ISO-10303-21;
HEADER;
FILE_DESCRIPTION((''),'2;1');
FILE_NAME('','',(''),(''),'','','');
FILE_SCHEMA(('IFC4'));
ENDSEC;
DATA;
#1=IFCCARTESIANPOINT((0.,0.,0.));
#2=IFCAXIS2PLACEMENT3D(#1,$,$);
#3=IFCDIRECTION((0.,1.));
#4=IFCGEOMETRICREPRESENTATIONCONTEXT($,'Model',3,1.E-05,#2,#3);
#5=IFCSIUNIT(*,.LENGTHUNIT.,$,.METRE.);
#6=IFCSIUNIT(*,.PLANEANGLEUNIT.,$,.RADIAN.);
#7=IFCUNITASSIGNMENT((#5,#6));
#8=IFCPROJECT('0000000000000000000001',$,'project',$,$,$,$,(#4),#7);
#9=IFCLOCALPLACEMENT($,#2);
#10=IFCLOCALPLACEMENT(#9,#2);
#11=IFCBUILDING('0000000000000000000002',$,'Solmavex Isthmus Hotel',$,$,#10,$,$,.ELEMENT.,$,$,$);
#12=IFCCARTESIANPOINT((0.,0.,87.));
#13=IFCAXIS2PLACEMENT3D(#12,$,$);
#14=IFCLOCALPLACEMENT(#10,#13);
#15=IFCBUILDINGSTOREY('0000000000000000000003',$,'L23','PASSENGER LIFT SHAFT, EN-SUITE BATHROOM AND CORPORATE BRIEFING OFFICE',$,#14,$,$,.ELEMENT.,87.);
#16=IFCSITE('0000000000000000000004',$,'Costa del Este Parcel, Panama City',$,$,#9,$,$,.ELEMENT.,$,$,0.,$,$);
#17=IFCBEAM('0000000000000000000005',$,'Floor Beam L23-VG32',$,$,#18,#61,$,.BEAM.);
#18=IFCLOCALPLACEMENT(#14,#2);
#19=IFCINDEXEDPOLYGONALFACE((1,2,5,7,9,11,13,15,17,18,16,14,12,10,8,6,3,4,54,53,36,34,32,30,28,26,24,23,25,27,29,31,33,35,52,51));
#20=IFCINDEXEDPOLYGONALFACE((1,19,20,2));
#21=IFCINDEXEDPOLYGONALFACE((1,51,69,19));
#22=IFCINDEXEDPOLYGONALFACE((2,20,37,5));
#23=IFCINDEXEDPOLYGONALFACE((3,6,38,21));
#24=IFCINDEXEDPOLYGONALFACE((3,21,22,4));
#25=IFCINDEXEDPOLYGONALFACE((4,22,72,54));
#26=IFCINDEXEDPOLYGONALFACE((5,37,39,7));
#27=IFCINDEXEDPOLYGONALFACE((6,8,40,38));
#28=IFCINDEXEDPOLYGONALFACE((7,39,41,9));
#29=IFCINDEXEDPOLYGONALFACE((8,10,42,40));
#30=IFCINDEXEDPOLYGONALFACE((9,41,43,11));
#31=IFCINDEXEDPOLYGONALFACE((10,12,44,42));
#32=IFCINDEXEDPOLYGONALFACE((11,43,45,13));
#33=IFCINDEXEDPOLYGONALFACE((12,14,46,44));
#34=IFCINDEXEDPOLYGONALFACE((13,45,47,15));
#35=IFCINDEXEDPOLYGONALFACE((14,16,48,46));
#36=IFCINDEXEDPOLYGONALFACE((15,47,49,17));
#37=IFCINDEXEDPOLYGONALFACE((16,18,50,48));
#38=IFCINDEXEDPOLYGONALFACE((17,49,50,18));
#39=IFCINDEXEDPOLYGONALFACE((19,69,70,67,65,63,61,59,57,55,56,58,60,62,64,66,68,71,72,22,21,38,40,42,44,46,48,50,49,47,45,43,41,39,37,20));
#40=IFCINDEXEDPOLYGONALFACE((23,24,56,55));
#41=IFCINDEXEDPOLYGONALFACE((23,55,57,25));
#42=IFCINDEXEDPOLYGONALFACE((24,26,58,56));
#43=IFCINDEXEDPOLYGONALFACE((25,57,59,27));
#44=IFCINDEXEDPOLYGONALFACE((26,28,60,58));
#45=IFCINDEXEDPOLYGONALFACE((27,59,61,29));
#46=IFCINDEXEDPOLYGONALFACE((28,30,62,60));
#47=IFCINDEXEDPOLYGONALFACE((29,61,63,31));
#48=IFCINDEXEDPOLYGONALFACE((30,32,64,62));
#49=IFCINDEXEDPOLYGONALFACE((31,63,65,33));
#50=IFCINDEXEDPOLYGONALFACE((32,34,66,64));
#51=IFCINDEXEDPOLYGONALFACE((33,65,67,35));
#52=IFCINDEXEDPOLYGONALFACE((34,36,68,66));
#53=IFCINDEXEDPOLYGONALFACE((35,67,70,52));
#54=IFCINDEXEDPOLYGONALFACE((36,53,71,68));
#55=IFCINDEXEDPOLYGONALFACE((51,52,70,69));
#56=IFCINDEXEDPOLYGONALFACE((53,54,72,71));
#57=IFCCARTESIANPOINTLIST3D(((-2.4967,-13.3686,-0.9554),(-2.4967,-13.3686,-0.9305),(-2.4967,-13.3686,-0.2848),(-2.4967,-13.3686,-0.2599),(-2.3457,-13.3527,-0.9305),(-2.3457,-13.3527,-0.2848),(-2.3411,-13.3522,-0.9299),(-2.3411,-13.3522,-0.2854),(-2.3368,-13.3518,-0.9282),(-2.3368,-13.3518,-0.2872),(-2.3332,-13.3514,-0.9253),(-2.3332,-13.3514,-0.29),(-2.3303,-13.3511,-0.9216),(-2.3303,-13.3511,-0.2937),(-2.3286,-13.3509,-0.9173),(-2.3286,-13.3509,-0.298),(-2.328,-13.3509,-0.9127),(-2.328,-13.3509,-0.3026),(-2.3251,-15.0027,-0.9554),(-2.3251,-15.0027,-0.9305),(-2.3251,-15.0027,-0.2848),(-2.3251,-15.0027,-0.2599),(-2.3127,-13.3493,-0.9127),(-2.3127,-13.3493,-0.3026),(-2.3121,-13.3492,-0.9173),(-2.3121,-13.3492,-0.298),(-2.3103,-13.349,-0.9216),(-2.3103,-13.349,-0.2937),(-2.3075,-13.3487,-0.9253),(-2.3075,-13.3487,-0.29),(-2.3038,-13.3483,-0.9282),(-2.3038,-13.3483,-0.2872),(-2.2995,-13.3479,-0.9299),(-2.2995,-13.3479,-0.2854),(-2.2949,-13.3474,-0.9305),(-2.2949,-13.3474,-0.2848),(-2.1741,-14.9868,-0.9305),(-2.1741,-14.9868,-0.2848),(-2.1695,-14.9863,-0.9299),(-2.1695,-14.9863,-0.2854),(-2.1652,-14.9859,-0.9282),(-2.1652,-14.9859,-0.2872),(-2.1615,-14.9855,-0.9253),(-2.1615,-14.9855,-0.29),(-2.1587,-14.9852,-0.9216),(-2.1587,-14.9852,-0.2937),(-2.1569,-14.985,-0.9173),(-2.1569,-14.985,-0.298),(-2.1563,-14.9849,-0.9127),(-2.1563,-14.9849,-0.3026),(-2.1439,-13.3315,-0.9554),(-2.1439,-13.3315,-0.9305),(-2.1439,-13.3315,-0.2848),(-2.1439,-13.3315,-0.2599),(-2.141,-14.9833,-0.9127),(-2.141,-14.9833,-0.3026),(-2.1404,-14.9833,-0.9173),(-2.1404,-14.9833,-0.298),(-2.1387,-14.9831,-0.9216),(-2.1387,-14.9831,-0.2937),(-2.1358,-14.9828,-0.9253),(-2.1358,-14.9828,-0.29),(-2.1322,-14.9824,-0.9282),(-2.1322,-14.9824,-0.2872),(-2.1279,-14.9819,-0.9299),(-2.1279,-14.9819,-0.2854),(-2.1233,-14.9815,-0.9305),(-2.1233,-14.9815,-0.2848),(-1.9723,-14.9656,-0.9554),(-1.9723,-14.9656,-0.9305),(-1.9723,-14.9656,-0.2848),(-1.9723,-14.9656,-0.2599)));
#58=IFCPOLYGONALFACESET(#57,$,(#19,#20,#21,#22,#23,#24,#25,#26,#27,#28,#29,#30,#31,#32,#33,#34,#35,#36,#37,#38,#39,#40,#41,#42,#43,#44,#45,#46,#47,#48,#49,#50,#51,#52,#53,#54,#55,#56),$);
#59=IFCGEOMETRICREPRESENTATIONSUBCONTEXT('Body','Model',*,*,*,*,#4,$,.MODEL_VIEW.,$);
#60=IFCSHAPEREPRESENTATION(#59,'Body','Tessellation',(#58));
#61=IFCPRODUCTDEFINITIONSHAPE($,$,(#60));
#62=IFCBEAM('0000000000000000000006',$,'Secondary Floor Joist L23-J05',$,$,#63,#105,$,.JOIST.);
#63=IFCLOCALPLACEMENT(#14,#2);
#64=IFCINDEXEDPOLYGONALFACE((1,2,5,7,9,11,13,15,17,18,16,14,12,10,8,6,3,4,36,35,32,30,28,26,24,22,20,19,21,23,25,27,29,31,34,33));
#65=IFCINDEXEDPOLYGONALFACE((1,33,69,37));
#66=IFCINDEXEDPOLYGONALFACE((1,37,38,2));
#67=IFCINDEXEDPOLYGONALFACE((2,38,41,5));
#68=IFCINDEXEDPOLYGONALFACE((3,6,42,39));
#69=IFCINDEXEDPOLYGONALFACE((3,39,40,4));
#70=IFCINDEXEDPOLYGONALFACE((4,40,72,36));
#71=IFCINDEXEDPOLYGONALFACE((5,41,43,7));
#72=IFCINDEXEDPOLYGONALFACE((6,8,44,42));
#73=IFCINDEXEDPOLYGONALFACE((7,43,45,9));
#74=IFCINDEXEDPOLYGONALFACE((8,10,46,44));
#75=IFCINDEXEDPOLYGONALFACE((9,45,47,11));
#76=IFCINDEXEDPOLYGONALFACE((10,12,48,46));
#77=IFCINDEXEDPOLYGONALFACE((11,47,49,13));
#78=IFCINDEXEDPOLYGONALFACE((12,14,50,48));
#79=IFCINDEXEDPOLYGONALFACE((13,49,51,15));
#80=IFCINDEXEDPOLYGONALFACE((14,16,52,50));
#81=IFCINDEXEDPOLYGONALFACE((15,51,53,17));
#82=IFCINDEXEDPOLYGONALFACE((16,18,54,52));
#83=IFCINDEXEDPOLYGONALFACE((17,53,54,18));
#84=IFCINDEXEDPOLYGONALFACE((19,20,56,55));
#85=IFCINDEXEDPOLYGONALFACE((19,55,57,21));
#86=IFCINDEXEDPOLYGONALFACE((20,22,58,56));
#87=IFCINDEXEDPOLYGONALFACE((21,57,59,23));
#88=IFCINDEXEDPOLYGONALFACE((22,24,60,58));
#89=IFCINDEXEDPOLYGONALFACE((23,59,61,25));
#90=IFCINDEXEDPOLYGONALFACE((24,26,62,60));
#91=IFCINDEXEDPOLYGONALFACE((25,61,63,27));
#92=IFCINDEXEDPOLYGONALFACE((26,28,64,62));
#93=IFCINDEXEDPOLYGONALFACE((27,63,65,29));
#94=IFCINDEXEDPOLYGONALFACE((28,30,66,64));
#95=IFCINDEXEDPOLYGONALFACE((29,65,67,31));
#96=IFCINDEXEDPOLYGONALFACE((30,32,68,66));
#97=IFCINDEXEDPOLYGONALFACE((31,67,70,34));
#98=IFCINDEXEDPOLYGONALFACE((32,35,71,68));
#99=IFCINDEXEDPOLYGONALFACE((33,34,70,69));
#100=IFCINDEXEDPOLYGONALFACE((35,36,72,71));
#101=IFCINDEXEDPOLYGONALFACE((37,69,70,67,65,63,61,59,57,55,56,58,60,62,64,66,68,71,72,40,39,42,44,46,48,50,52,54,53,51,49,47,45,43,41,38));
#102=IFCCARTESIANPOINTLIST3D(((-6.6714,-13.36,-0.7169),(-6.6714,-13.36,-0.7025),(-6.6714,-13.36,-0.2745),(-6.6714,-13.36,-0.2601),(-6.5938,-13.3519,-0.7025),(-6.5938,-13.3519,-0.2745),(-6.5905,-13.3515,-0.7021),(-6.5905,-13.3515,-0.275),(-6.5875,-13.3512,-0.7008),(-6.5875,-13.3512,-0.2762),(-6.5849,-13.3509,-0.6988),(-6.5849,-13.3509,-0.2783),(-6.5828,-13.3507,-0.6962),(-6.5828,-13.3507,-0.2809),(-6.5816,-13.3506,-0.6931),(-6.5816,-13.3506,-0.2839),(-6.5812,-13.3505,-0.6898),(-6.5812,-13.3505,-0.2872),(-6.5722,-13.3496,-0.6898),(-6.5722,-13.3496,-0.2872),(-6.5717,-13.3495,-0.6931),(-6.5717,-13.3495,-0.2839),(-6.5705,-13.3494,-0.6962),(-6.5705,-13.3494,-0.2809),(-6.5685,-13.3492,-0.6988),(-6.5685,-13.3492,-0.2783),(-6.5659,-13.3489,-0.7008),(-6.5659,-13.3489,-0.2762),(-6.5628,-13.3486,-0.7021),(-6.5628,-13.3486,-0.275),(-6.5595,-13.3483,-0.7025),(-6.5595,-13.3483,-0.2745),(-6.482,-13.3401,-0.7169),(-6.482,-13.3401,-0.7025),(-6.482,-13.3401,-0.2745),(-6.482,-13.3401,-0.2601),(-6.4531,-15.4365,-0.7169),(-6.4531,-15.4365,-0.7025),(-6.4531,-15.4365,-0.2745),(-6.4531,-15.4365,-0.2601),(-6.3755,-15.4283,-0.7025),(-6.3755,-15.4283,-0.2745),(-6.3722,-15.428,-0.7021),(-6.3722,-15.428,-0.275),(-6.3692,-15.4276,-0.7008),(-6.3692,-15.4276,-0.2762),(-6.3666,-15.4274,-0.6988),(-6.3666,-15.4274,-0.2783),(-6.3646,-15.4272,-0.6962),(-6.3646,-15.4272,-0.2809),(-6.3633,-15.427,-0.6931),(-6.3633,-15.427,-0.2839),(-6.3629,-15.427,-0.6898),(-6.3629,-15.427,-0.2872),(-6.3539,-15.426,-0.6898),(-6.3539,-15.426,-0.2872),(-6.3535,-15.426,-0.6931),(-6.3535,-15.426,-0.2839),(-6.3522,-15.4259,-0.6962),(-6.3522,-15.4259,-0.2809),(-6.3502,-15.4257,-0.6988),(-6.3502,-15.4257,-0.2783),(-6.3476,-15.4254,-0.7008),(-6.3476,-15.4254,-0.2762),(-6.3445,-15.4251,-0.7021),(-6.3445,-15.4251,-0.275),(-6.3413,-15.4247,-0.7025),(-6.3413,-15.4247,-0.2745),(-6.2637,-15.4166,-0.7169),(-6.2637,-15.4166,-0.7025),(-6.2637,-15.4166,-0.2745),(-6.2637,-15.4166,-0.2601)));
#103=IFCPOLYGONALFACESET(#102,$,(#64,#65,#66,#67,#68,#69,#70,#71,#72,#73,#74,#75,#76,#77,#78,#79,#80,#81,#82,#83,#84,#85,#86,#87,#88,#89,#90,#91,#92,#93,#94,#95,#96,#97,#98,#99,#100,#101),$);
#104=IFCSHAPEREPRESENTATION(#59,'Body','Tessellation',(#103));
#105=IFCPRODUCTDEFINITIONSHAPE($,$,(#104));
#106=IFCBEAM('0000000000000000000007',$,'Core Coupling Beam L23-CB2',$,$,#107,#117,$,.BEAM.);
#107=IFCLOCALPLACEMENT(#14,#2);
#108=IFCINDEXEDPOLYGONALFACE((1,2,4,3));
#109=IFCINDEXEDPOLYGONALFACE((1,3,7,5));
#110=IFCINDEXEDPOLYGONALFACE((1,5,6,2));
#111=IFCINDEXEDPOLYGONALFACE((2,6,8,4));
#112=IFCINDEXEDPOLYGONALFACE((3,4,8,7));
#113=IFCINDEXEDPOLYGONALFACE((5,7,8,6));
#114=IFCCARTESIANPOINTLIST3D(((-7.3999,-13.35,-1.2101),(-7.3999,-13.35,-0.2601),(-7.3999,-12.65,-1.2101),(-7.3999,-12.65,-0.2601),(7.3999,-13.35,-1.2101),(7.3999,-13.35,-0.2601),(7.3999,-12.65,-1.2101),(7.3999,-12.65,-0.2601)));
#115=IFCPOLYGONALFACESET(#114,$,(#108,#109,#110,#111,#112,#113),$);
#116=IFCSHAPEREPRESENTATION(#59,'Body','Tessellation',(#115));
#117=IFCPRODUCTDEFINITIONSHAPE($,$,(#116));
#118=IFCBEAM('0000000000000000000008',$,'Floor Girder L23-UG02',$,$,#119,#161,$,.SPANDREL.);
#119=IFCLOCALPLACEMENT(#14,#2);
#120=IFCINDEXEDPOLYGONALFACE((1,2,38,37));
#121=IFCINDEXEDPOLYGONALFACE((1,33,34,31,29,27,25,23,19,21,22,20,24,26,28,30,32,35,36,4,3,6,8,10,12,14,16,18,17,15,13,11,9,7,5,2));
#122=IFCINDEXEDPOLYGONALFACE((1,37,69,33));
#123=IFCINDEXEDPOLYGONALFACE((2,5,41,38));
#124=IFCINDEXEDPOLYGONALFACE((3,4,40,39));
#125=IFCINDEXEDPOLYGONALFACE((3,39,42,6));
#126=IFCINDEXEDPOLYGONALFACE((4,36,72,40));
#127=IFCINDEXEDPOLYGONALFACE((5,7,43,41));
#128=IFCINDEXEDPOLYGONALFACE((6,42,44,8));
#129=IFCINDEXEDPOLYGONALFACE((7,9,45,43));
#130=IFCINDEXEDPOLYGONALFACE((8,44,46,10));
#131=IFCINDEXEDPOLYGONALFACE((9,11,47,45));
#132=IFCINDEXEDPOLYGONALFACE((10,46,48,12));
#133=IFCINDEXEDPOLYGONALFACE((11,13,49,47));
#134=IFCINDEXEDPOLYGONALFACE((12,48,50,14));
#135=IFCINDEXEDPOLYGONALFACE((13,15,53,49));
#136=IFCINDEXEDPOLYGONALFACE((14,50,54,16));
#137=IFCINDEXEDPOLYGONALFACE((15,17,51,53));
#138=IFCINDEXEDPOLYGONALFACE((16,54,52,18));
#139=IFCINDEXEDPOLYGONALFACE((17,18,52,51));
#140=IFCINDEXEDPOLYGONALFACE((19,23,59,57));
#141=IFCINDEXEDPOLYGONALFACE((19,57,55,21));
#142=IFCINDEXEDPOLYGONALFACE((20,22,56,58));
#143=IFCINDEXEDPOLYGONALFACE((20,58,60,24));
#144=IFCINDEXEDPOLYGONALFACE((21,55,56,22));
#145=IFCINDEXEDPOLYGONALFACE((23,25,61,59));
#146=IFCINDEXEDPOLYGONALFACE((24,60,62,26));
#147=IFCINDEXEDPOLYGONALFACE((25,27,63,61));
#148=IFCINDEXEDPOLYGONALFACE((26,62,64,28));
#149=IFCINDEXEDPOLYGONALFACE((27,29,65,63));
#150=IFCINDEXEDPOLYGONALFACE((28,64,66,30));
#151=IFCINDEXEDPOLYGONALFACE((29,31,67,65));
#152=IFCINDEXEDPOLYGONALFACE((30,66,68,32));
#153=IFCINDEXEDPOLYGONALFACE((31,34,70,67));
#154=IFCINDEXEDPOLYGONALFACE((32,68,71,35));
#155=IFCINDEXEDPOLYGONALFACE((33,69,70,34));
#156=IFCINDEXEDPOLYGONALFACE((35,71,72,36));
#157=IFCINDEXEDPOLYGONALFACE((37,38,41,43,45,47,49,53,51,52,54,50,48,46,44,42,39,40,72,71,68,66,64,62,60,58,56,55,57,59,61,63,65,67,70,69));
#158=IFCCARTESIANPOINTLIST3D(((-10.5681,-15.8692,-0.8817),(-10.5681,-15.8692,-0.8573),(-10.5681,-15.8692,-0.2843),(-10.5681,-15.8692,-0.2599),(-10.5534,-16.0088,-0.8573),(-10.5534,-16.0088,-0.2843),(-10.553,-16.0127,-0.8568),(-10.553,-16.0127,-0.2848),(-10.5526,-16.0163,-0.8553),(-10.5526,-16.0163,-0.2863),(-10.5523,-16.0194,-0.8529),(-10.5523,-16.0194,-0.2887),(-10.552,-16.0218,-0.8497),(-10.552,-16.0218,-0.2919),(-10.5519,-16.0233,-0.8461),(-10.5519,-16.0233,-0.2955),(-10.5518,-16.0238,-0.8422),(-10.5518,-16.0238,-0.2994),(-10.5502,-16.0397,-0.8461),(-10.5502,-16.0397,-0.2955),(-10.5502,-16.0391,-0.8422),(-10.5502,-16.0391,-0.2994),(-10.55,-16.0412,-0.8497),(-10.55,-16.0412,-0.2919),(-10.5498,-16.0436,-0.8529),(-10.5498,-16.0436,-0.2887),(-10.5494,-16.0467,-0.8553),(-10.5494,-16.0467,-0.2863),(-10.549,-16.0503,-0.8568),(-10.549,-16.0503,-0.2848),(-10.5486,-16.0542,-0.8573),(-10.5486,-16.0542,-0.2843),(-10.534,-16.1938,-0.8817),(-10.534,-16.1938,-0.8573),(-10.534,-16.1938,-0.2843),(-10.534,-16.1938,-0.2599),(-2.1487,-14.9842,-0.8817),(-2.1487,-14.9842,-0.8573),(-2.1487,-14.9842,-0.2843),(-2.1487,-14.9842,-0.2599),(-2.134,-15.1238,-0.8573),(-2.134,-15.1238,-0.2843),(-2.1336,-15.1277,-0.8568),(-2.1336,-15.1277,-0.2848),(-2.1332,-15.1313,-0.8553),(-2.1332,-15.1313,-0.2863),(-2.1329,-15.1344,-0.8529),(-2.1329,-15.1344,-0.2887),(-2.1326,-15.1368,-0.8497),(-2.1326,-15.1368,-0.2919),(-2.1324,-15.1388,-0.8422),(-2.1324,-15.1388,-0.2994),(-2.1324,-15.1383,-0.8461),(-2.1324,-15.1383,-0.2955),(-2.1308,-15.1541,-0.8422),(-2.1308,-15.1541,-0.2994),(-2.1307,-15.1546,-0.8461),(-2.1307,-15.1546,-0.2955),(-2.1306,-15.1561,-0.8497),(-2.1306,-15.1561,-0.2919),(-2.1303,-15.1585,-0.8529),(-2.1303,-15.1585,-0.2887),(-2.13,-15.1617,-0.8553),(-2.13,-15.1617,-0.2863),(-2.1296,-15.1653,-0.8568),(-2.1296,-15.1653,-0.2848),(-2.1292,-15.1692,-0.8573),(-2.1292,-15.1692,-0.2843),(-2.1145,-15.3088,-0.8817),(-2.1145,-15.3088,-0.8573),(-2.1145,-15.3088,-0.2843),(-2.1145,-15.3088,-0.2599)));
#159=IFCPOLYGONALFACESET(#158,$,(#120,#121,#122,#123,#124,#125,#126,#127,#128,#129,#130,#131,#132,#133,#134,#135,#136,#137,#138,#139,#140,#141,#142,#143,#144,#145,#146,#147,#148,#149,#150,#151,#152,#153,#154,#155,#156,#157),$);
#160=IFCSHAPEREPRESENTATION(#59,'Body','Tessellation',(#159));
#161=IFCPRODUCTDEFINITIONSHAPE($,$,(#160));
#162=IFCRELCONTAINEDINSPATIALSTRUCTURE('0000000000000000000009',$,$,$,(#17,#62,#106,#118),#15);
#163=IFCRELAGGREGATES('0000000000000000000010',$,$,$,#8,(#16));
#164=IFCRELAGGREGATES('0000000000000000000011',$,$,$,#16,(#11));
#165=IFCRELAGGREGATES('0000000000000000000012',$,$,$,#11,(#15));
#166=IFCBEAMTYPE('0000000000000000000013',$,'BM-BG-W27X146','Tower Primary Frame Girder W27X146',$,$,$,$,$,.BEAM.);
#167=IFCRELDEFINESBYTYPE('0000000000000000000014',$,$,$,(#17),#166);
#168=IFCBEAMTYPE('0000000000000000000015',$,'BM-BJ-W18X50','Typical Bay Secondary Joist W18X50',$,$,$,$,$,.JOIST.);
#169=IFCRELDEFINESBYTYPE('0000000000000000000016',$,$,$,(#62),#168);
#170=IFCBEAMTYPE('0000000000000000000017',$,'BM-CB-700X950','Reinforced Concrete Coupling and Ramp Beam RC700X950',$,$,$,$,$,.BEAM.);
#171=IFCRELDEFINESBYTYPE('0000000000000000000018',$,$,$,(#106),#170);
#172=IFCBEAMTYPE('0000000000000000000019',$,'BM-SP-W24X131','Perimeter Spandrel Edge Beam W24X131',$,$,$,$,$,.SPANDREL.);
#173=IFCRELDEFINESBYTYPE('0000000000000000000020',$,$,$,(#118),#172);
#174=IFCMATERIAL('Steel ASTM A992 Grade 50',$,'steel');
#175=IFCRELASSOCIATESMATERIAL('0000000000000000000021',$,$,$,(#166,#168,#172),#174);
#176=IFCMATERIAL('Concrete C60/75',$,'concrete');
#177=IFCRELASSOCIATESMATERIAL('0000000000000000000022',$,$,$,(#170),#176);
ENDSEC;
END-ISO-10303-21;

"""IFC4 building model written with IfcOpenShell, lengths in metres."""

from ifc_helpers import new_model, si_unit, direction, frame, origin, origin_2d, place, context, subcontext, project, spatial, rectangle, i_section, extrude, material, material_profile, profile_set, type_object, element, save


model = new_model("IFC4")

# Units and contexts
model_context = context("Model", 3, precision=1e-05, world=origin(), true_north=direction((0.0, 1.0)))
body_context = subcontext(model_context, "Body", "Model", "MODEL_VIEW")
ifc_project = project(units=[si_unit("LENGTHUNIT", "METRE"), si_unit("PLANEANGLEUNIT", "RADIAN")], contexts=[model_context])

# Site, building, storey
site_placement = place(None, origin())
site = spatial("IfcSite", under=ifc_project, at=site_placement, Name="Costa del Este Parcel, Panama City", CompositionType="ELEMENT", RefElevation=0.0)
building_placement = place(site_placement, origin())
building = spatial("IfcBuilding", under=site, at=building_placement, Name="Solmavex Isthmus Hotel", CompositionType="ELEMENT")
storey_placement = place(building_placement, frame((0.0, 0.0, 87.0)))
storey = spatial("IfcBuildingStorey", under=building, at=storey_placement, Name="L23", Description="PASSENGER LIFT SHAFT, EN-SUITE BATHROOM AND CORPORATE BRIEFING OFFICE", CompositionType="ELEMENT", Elevation=87.0)

# Shared definitions
ifc_material_1 = material(Name="Concrete C60/75", Category="concrete")

# Beams
ifc_material_2 = material(Name="Steel ASTM A992 Grade 50", Category="steel")
ifc_material_profile_1 = material_profile(ifc_material_2, i_section(OverallWidth=0.3547, OverallDepth=0.6956, WebThickness=0.0154, FlangeThickness=0.0249, FilletRadius=0.0178, at=origin_2d()), Name="W27X146")
ifc_profile_set_1 = profile_set([ifc_material_profile_1], Name="Steel ASTM A992 Grade 50")
beam_type_1 = type_object("IfcBeamType", Name="BM-BG-W27X146", Description="Tower Primary Frame Girder W27X146", PredefinedType="BEAM", material=ifc_profile_set_1)
beam_1_placement = place(storey_placement, frame((-2.1487, -14.9841, -0.6077), z_axis=(-0.10446, 0.994529, 0.0), x_axis=(-0.994529, -0.10446, 0.0)))
element("IfcBeam", 1, at=beam_1_placement, inside=storey, type_object=beam_type_1, Name="Floor Beam L23-VG32", PredefinedType="BEAM", context=body_context, shape_type="SweptSolid", body=[
    extrude(i_section(OverallWidth=0.3547, OverallDepth=0.6956, WebThickness=0.0154, FlangeThickness=0.0249, FilletRadius=0.0178, at=origin_2d()), origin(), (0.0, 0.0, 1.0), 1.6431),
])
ifc_material_profile_2 = material_profile(ifc_material_2, i_section(OverallWidth=0.1904, OverallDepth=0.4568, WebThickness=0.009, FlangeThickness=0.0144, FilletRadius=0.0127, at=origin_2d()), Name="W18X50")
ifc_profile_set_2 = profile_set([ifc_material_profile_2], Name="Steel ASTM A992 Grade 50")
beam_type_2 = type_object("IfcBeamType", Name="BM-BJ-W18X50", Description="Typical Bay Secondary Joist W18X50", PredefinedType="JOIST", material=ifc_profile_set_2)
beam_2_placement = place(storey_placement, frame((-6.3584, -15.4265, -0.4885), z_axis=(-0.104539, 0.994521, 0.0), x_axis=(-0.994521, -0.104539, 0.0)))
element("IfcBeam", 2, at=beam_2_placement, inside=storey, type_object=beam_type_2, Name="Secondary Floor Joist L23-J05", PredefinedType="JOIST", context=body_context, shape_type="SweptSolid", body=[
    extrude(i_section(OverallWidth=0.1904, OverallDepth=0.4568, WebThickness=0.009, FlangeThickness=0.0144, FilletRadius=0.0127, at=origin_2d()), origin(), (0.0, 0.0, 1.0), 2.0879),
])
ifc_material_profile_3 = material_profile(ifc_material_1, rectangle(XDim=0.7, YDim=0.95, at=origin_2d()), Name="RC700X950")
ifc_profile_set_3 = profile_set([ifc_material_profile_3], Name="Concrete C60/75")
beam_type_3 = type_object("IfcBeamType", Name="BM-CB-700X950", Description="Reinforced Concrete Coupling and Ramp Beam RC700X950", PredefinedType="BEAM", material=ifc_profile_set_3)
beam_3_placement = place(storey_placement, frame((-7.3999, -13.0, -0.7351), z_axis=(1.0, 0.0, 0.0), x_axis=(0.0, 1.0, 0.0)))
element("IfcBeam", 3, at=beam_3_placement, inside=storey, type_object=beam_type_3, Name="Core Coupling Beam L23-CB2", PredefinedType="BEAM", context=body_context, shape_type="SweptSolid", body=[
    extrude(rectangle(XDim=0.7, YDim=0.95, at=origin_2d()), origin(), (0.0, 0.0, 1.0), 14.7998),
])
ifc_material_profile_4 = material_profile(ifc_material_2, i_section(OverallWidth=0.3264, OverallDepth=0.6218, WebThickness=0.0154, FlangeThickness=0.0244, FilletRadius=0.0151, at=origin_2d()), Name="W24X131")
ifc_profile_set_4 = profile_set([ifc_material_profile_4], Name="Steel ASTM A992 Grade 50")
beam_type_4 = type_object("IfcBeamType", Name="BM-SP-W24X131", Description="Perimeter Spandrel Edge Beam W24X131", PredefinedType="SPANDREL", material=ifc_profile_set_4)
beam_4_placement = place(storey_placement, frame((-10.551, -16.0315, -0.5708), z_axis=(0.994521, 0.104539, 0.0), x_axis=(-0.104539, 0.994521, 0.0)))
element("IfcBeam", 4, at=beam_4_placement, inside=storey, type_object=beam_type_4, Name="Floor Girder L23-UG02", PredefinedType="SPANDREL", context=body_context, shape_type="SweptSolid", body=[
    extrude(i_section(OverallWidth=0.3264, OverallDepth=0.6218, WebThickness=0.0154, FlangeThickness=0.0244, FilletRadius=0.0151, at=origin_2d()), origin(), (0.0, 0.0, 1.0), 8.4658),
])

save(model, "model.ifc")
